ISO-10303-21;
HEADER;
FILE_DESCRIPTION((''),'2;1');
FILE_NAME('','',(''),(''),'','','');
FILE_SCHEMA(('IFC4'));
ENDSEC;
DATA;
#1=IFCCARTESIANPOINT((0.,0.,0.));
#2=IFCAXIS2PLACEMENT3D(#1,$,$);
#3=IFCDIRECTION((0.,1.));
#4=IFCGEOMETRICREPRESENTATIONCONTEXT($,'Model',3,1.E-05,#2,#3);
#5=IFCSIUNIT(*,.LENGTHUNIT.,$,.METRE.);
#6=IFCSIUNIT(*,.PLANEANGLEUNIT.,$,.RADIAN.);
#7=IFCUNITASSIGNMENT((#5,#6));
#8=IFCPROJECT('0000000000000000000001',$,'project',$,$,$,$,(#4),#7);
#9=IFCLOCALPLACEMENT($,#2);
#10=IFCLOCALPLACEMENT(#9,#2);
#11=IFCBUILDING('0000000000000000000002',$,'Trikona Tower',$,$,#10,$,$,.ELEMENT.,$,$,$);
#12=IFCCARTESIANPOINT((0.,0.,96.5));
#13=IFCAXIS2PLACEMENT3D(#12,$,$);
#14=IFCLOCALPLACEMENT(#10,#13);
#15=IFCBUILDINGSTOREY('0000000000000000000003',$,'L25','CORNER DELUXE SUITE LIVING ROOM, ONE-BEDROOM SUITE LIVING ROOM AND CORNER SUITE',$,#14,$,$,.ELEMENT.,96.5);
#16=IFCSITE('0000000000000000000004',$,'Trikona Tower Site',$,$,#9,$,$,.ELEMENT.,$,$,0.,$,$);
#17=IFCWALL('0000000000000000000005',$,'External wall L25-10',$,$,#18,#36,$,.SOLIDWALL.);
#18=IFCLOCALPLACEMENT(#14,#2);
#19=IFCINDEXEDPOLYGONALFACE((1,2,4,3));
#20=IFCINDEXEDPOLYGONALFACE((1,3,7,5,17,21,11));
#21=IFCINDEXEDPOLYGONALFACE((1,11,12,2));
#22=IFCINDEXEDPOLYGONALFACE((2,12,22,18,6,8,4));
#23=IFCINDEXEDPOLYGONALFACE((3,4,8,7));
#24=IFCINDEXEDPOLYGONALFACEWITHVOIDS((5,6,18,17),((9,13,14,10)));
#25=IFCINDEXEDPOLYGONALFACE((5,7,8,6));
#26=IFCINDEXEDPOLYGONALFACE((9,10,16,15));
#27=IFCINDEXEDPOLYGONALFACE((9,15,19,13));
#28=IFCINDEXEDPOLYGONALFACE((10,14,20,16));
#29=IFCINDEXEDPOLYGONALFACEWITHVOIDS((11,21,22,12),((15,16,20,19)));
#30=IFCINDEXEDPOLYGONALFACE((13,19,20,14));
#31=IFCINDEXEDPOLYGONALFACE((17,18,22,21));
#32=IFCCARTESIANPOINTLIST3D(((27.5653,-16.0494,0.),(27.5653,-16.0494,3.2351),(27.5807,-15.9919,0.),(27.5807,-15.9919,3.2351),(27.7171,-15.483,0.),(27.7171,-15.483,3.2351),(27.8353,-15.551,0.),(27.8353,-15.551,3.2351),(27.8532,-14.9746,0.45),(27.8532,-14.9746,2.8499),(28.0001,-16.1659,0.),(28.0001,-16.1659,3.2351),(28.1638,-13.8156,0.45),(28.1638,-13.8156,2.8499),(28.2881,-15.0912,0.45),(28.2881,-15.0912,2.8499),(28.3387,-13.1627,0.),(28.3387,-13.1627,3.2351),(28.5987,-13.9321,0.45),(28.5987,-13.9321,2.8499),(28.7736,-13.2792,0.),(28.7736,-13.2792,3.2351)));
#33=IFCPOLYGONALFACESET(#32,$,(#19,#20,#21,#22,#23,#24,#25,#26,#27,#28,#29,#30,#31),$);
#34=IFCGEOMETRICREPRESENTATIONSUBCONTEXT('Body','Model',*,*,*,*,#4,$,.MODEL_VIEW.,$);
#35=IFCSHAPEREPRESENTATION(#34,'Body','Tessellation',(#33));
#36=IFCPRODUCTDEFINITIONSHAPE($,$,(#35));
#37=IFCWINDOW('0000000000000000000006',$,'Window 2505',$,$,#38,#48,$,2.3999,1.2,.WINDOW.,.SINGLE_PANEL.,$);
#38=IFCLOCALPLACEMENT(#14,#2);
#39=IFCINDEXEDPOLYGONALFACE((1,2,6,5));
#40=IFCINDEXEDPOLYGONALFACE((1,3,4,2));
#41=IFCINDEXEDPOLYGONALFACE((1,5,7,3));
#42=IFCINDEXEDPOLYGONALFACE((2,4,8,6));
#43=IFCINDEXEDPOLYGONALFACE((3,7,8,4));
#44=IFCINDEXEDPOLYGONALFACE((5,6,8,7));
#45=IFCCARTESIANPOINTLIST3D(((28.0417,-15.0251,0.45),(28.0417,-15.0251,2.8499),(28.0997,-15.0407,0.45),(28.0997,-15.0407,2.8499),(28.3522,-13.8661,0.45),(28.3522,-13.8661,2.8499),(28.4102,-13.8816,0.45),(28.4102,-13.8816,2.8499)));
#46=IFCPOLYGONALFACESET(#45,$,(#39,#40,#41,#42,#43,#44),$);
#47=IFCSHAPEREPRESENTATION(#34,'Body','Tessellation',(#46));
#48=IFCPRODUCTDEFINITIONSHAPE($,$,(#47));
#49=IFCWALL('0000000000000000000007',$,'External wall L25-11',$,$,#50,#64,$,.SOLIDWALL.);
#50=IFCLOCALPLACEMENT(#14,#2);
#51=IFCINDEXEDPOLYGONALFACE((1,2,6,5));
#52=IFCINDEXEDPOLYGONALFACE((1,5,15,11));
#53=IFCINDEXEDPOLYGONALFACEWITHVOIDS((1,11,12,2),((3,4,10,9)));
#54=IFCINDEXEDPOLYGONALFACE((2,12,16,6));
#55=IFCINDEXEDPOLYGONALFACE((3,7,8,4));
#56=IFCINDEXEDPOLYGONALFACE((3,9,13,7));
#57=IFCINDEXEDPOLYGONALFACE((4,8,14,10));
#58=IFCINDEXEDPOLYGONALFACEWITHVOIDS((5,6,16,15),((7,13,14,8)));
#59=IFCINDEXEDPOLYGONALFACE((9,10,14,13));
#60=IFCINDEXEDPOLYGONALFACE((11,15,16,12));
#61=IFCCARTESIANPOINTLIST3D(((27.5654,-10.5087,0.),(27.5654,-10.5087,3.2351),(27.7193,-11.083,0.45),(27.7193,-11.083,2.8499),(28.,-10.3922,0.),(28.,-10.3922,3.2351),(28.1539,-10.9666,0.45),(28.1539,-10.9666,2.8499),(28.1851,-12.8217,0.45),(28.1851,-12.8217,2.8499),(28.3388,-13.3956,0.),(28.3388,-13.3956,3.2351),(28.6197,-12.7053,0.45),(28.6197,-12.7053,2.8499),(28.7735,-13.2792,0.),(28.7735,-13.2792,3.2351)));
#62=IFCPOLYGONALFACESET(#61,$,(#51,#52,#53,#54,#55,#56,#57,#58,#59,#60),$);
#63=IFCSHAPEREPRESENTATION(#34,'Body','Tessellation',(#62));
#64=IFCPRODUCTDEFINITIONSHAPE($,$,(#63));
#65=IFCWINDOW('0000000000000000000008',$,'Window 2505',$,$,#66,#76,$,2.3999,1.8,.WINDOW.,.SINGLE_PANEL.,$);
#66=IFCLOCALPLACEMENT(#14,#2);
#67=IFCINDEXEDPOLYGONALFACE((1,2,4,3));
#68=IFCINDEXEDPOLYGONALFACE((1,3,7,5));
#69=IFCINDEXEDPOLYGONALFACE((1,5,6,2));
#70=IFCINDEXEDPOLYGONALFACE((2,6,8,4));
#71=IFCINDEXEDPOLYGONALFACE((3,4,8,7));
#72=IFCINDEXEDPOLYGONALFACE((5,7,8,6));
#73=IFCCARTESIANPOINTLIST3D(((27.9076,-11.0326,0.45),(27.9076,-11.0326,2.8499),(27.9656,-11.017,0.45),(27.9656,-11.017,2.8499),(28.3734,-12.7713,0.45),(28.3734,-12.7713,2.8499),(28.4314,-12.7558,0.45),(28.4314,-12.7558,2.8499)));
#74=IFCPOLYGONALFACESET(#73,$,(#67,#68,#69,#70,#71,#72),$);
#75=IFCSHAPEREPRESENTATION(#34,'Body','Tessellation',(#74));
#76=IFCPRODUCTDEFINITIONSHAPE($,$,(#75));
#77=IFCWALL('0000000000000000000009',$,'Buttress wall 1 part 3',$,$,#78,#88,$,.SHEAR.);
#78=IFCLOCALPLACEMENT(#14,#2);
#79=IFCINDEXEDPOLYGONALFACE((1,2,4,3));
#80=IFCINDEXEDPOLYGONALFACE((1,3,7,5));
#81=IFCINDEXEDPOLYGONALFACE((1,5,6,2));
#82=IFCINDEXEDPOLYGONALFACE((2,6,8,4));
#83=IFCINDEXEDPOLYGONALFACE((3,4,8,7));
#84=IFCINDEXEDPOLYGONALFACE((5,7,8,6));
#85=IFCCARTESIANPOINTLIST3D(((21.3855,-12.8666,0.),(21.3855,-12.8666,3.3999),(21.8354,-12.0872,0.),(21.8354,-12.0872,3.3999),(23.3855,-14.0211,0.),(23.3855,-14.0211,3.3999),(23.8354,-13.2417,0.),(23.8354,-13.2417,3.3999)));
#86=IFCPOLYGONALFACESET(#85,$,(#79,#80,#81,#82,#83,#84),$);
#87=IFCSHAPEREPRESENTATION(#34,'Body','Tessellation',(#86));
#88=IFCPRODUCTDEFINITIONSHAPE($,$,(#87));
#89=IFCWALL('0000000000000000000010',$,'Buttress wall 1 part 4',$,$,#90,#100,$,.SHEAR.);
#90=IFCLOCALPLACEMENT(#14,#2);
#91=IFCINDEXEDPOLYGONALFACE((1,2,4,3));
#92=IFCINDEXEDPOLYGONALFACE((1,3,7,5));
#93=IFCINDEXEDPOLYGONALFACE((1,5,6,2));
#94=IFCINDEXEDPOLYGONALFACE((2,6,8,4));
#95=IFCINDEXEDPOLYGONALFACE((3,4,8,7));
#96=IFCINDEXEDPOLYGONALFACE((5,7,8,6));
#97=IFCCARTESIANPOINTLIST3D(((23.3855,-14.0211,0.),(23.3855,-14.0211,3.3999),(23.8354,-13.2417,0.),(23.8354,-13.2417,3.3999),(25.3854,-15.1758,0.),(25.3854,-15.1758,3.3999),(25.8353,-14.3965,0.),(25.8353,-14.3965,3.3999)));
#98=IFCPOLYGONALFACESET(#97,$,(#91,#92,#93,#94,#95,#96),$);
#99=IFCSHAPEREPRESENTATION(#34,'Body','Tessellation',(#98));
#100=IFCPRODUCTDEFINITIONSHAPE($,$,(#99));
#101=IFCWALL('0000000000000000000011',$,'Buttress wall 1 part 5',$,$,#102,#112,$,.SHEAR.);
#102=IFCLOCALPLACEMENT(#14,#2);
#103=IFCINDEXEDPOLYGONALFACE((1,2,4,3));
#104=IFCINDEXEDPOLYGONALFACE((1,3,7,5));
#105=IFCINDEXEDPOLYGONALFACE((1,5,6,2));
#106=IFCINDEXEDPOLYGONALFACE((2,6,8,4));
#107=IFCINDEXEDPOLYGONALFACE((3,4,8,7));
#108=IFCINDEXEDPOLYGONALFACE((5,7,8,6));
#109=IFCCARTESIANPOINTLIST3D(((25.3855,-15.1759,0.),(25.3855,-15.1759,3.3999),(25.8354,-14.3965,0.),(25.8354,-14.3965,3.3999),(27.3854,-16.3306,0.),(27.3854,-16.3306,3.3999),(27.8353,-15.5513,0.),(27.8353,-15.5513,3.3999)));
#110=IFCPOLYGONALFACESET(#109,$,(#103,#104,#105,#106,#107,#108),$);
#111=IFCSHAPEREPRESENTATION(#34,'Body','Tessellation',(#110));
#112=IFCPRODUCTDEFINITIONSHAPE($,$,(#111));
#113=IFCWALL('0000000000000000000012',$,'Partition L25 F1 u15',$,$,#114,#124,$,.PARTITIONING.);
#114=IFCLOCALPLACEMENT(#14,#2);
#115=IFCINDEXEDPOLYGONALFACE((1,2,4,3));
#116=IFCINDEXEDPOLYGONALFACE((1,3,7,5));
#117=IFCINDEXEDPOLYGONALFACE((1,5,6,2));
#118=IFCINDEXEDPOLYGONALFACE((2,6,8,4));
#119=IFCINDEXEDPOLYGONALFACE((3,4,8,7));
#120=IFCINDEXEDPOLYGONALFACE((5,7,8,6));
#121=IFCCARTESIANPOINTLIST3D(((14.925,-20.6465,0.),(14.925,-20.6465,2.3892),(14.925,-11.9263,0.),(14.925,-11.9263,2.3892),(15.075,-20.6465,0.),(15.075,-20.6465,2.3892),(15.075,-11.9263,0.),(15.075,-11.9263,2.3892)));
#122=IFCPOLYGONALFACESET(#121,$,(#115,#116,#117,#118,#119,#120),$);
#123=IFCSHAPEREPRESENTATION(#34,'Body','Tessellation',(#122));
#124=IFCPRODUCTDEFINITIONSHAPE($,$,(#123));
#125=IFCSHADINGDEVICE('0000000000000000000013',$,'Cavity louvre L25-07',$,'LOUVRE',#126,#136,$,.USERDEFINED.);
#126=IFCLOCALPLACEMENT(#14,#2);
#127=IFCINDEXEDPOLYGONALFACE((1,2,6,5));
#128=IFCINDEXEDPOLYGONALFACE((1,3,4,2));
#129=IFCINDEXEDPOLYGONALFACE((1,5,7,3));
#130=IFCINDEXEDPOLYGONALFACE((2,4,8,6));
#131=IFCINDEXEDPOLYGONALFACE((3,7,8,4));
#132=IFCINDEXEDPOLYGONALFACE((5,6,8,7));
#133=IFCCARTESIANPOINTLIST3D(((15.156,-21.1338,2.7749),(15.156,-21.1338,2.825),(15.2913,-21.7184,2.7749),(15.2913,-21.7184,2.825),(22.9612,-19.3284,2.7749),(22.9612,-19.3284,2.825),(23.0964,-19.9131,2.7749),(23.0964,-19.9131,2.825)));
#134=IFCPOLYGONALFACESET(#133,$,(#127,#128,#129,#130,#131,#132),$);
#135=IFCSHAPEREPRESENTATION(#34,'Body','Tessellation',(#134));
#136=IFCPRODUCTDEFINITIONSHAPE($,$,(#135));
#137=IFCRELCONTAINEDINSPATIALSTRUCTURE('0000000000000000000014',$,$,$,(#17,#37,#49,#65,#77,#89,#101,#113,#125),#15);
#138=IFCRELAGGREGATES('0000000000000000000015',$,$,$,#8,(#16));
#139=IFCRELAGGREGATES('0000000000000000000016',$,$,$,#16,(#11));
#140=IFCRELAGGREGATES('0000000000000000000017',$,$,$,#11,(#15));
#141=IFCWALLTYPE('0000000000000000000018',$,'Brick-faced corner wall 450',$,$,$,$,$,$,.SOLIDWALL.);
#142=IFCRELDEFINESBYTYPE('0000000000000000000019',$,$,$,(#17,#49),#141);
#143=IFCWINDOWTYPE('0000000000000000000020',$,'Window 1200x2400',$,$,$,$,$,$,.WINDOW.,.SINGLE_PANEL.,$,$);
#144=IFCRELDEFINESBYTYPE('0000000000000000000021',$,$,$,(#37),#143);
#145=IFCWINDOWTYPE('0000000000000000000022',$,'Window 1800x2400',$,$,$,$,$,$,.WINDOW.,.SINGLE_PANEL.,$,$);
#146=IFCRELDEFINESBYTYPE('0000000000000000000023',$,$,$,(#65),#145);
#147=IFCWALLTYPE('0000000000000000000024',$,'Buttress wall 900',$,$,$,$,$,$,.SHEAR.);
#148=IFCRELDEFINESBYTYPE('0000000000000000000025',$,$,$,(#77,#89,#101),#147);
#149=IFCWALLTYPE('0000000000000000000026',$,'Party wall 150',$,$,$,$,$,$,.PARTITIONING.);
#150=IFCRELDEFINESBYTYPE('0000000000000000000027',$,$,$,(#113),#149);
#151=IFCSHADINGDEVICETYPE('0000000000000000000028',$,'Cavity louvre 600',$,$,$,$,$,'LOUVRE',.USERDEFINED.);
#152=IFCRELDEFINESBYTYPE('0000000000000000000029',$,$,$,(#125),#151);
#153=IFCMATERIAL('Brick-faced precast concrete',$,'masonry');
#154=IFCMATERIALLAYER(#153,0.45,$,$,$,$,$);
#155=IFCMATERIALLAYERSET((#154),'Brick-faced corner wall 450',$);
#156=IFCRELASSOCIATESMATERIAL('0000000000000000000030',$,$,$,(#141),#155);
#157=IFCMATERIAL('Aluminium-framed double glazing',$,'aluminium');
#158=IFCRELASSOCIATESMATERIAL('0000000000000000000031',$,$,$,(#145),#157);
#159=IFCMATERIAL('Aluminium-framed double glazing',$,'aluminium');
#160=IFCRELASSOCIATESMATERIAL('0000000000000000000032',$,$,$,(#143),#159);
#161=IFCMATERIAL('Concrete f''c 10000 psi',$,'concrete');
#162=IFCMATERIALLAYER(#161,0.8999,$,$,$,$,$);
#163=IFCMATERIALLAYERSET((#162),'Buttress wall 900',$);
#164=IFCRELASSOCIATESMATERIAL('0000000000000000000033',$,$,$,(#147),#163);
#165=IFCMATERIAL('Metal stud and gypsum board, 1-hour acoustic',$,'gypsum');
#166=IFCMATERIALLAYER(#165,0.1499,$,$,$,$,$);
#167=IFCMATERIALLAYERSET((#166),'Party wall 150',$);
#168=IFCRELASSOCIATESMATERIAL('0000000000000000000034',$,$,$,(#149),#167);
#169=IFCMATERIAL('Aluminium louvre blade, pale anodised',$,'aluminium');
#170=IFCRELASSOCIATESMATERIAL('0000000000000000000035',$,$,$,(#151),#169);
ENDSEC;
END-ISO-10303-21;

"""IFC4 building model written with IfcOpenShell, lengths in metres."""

from ifc_helpers import new_model, si_unit, direction, frame, frame_2d, origin, origin_2d, place, context, subcontext, project, spatial, polyline, rectangle, outline, extrude, material, layer, layer_set, type_object, element, fill, save


model = new_model("IFC4")

# Units and contexts
model_context = context("Model", 3, precision=1e-05, world=origin(), true_north=direction((0.0, 1.0)))
body_context = subcontext(model_context, "Body", "Model", "MODEL_VIEW")
ifc_project = project(units=[si_unit("LENGTHUNIT", "METRE"), si_unit("PLANEANGLEUNIT", "RADIAN")], contexts=[model_context])

# Site, building, storey
site_placement = place(None, origin())
site = spatial("IfcSite", under=ifc_project, at=site_placement, Name="Trikona Tower Site", CompositionType="ELEMENT", RefElevation=0.0)
building_placement = place(site_placement, origin())
building = spatial("IfcBuilding", under=site, at=building_placement, Name="Trikona Tower", CompositionType="ELEMENT")
storey_placement = place(building_placement, frame((0.0, 0.0, 96.5)))
storey = spatial("IfcBuildingStorey", under=building, at=storey_placement, Name="L25", Description="CORNER DELUXE SUITE LIVING ROOM, ONE-BEDROOM SUITE LIVING ROOM AND CORNER SUITE", CompositionType="ELEMENT", Elevation=96.5)

# Walls, openings, windows
ifc_material_1 = material(Name="Brick-faced precast concrete", Category="masonry")
ifc_layer_1 = layer(ifc_material_1, 0.45)
ifc_layer_set_1 = layer_set([ifc_layer_1], Name="Brick-faced corner wall 450")
wall_type_1 = type_object("IfcWallType", Name="Brick-faced corner wall 450", PredefinedType="SOLIDWALL", material=ifc_layer_set_1)
ifc_material_2 = material(Name="Aluminium-framed double glazing", Category="aluminium")
window_type_1 = type_object("IfcWindowType", Name="Window 1800x2400", PartitioningType="SINGLE_PANEL", PredefinedType="WINDOW", material=ifc_material_2)
ifc_material_3 = material(Name="Aluminium-framed double glazing", Category="aluminium")
window_type_2 = type_object("IfcWindowType", Name="Window 1200x2400", PartitioningType="SINGLE_PANEL", PredefinedType="WINDOW", material=ifc_material_3)
wall_1_placement = place(storey_placement, frame((27.7827, -16.1077, 0.0), z_axis=(0.0, 0.0, 1.0), x_axis=(0.258801, 0.965931, 0.0)))
wall_1 = element("IfcWall", 1, at=wall_1_placement, inside=storey, type_object=wall_type_1, Name="External wall L25-10", PredefinedType="SOLIDWALL", context=body_context, shape_type="SweptSolid", body=[
    extrude(outline(polyline([(2.9885, 0.2251), (0.5864, 0.2251), (0.5513, 0.0933), (0.0596, 0.2251), (0.0, 0.2251), (0.0, -0.2251), (2.9885, -0.2251), (2.9885, 0.2251)])), origin(), (0.0, 0.0, 1.0), 3.2351),
])
opening_1_placement = place(wall_1_placement, frame((1.1125, 0.0, 0.45)))
opening_1 = element("IfcOpeningElement", 2, at=opening_1_placement, cuts=wall_1, PredefinedType="OPENING", context=body_context, shape_type="SweptSolid", body=[
    extrude(rectangle(XDim=1.2, YDim=2.3999, at=frame_2d((0.6001, 1.2))), frame((0.0, 0.2349, 0.0), z_axis=(0.0, -1.0, 0.0), x_axis=(1.0, 0.0, 0.0)), (0.0, 0.0, 1.0), 0.47),
])
window_1_placement = place(opening_1_placement, origin())
window_1 = element("IfcWindow", 3, at=window_1_placement, inside=storey, type_object=window_type_2, Name="Window 2505", OverallHeight=2.3999, OverallWidth=1.2, PartitioningType="SINGLE_PANEL", PredefinedType="WINDOW", context=body_context, shape_type="SweptSolid", body=[
    extrude(rectangle(XDim=1.2, YDim=2.3999, at=frame_2d((0.6001, 1.2))), frame((0.0, 0.03, 0.0), z_axis=(0.0, -1.0, 0.0), x_axis=(1.0, 0.0, 0.0)), (0.0, 0.0, 1.0), 0.0601),
])
fill(opening_1, window_1)
wall_2_placement = place(storey_placement, frame((28.5562, -13.3374, 0.0), z_axis=(0.0, 0.0, 1.0), x_axis=(-0.258781, 0.965936, 0.0)))
wall_2 = element("IfcWall", 4, at=wall_2_placement, inside=storey, type_object=wall_type_1, Name="External wall L25-11", PredefinedType="SOLIDWALL", context=body_context, shape_type="SweptSolid", body=[
    extrude(rectangle(XDim=2.9888, YDim=0.45, at=frame_2d((1.4944, 0.0))), origin(), (0.0, 0.0, 1.0), 3.2351),
])
opening_2_placement = place(wall_2_placement, frame((0.5942, 0.0, 0.45)))
opening_2 = element("IfcOpeningElement", 5, at=opening_2_placement, cuts=wall_2, PredefinedType="OPENING", context=body_context, shape_type="SweptSolid", body=[
    extrude(rectangle(XDim=1.8, YDim=2.3999, at=frame_2d((0.8999, 1.2))), frame((0.0, 0.2349, 0.0), z_axis=(0.0, -1.0, 0.0), x_axis=(1.0, 0.0, 0.0)), (0.0, 0.0, 1.0), 0.47),
])
window_2_placement = place(opening_2_placement, origin())
window_2 = element("IfcWindow", 6, at=window_2_placement, inside=storey, type_object=window_type_1, Name="Window 2505", OverallHeight=2.3999, OverallWidth=1.8, PartitioningType="SINGLE_PANEL", PredefinedType="WINDOW", context=body_context, shape_type="SweptSolid", body=[
    extrude(rectangle(XDim=1.8, YDim=2.3999, at=frame_2d((0.8999, 1.2))), frame((0.0, 0.03, 0.0), z_axis=(0.0, -1.0, 0.0), x_axis=(1.0, 0.0, 0.0)), (0.0, 0.0, 1.0), 0.0601),
])
fill(opening_2, window_2)

# Walls
ifc_material_4 = material(Name="Concrete f'c 10000 psi", Category="concrete")
ifc_layer_2 = layer(ifc_material_4, 0.8999)
ifc_layer_set_2 = layer_set([ifc_layer_2], Name="Buttress wall 900")
wall_type_2 = type_object("IfcWallType", Name="Buttress wall 900", PredefinedType="SHEAR", material=ifc_layer_set_2)
for number, where, z_axis, x_axis, name in (
    (7, (21.6104, -12.4768, 0.0), (0.0, 0.0, 1.0), (0.866055, -0.499948, 0.0), "Buttress wall 1 part 3"),
    (8, (23.6104, -13.6313, 0.0), (0.0, 0.0, 1.0), (0.86601, -0.500027, 0.0), "Buttress wall 1 part 4"),
    (9, (25.6104, -14.7861, 0.0), (0.0, 0.0, 1.0), (0.86601, -0.500027, 0.0), "Buttress wall 1 part 5"),
):
    element("IfcWall", number, at=place(storey_placement, frame(where, z_axis=z_axis, x_axis=x_axis)), inside=storey, type_object=wall_type_2, Name=name, PredefinedType="SHEAR", context=body_context, shape_type="SweptSolid", body=[
        extrude(rectangle(XDim=2.3093, YDim=0.8999, at=frame_2d((1.1548, 0.0))), origin(), (0.0, 0.0, 1.0), 3.3999),
    ])
ifc_material_5 = material(Name="Metal stud and gypsum board, 1-hour acoustic", Category="gypsum")
ifc_layer_3 = layer(ifc_material_5, 0.1499)
ifc_layer_set_3 = layer_set([ifc_layer_3], Name="Party wall 150")
wall_type_3 = type_object("IfcWallType", Name="Party wall 150", PredefinedType="PARTITIONING", material=ifc_layer_set_3)
wall_3_placement = place(storey_placement, frame((15.0, -11.9263, 0.0), z_axis=(0.0, 0.0, 1.0), x_axis=(0.0, -1.0, 0.0)))
element("IfcWall", 10, at=wall_3_placement, inside=storey, type_object=wall_type_3, Name="Partition L25 F1 u15", PredefinedType="PARTITIONING", context=body_context, shape_type="SweptSolid", body=[
    extrude(rectangle(XDim=8.7202, YDim=0.1499, at=frame_2d((4.3601, 0.0))), origin(), (0.0, 0.0, 1.0), 2.3892),
])

# Shading device
ifc_material_6 = material(Name="Aluminium louvre blade, pale anodised", Category="aluminium")
shading_device_type = type_object("IfcShadingDeviceType", Name="Cavity louvre 600", ElementType="LOUVRE", PredefinedType="USERDEFINED", material=ifc_material_6)
shading_device_placement = place(storey_placement, frame((19.1262, -20.5234, 2.7749), z_axis=(0.0, 0.0, 1.0), x_axis=(0.974278, 0.225351, 0.0)))
element("IfcShadingDevice", 11, at=shading_device_placement, inside=storey, type_object=shading_device_type, Name="Cavity louvre L25-07", ObjectType="LOUVRE", PredefinedType="USERDEFINED", context=body_context, shape_type="SweptSolid", body=[
    extrude(rectangle(XDim=8.0112, YDim=0.6001, at=origin_2d()), origin(), (0.0, 0.0, 1.0), 0.05),
])

save(model, "model.ifc")
